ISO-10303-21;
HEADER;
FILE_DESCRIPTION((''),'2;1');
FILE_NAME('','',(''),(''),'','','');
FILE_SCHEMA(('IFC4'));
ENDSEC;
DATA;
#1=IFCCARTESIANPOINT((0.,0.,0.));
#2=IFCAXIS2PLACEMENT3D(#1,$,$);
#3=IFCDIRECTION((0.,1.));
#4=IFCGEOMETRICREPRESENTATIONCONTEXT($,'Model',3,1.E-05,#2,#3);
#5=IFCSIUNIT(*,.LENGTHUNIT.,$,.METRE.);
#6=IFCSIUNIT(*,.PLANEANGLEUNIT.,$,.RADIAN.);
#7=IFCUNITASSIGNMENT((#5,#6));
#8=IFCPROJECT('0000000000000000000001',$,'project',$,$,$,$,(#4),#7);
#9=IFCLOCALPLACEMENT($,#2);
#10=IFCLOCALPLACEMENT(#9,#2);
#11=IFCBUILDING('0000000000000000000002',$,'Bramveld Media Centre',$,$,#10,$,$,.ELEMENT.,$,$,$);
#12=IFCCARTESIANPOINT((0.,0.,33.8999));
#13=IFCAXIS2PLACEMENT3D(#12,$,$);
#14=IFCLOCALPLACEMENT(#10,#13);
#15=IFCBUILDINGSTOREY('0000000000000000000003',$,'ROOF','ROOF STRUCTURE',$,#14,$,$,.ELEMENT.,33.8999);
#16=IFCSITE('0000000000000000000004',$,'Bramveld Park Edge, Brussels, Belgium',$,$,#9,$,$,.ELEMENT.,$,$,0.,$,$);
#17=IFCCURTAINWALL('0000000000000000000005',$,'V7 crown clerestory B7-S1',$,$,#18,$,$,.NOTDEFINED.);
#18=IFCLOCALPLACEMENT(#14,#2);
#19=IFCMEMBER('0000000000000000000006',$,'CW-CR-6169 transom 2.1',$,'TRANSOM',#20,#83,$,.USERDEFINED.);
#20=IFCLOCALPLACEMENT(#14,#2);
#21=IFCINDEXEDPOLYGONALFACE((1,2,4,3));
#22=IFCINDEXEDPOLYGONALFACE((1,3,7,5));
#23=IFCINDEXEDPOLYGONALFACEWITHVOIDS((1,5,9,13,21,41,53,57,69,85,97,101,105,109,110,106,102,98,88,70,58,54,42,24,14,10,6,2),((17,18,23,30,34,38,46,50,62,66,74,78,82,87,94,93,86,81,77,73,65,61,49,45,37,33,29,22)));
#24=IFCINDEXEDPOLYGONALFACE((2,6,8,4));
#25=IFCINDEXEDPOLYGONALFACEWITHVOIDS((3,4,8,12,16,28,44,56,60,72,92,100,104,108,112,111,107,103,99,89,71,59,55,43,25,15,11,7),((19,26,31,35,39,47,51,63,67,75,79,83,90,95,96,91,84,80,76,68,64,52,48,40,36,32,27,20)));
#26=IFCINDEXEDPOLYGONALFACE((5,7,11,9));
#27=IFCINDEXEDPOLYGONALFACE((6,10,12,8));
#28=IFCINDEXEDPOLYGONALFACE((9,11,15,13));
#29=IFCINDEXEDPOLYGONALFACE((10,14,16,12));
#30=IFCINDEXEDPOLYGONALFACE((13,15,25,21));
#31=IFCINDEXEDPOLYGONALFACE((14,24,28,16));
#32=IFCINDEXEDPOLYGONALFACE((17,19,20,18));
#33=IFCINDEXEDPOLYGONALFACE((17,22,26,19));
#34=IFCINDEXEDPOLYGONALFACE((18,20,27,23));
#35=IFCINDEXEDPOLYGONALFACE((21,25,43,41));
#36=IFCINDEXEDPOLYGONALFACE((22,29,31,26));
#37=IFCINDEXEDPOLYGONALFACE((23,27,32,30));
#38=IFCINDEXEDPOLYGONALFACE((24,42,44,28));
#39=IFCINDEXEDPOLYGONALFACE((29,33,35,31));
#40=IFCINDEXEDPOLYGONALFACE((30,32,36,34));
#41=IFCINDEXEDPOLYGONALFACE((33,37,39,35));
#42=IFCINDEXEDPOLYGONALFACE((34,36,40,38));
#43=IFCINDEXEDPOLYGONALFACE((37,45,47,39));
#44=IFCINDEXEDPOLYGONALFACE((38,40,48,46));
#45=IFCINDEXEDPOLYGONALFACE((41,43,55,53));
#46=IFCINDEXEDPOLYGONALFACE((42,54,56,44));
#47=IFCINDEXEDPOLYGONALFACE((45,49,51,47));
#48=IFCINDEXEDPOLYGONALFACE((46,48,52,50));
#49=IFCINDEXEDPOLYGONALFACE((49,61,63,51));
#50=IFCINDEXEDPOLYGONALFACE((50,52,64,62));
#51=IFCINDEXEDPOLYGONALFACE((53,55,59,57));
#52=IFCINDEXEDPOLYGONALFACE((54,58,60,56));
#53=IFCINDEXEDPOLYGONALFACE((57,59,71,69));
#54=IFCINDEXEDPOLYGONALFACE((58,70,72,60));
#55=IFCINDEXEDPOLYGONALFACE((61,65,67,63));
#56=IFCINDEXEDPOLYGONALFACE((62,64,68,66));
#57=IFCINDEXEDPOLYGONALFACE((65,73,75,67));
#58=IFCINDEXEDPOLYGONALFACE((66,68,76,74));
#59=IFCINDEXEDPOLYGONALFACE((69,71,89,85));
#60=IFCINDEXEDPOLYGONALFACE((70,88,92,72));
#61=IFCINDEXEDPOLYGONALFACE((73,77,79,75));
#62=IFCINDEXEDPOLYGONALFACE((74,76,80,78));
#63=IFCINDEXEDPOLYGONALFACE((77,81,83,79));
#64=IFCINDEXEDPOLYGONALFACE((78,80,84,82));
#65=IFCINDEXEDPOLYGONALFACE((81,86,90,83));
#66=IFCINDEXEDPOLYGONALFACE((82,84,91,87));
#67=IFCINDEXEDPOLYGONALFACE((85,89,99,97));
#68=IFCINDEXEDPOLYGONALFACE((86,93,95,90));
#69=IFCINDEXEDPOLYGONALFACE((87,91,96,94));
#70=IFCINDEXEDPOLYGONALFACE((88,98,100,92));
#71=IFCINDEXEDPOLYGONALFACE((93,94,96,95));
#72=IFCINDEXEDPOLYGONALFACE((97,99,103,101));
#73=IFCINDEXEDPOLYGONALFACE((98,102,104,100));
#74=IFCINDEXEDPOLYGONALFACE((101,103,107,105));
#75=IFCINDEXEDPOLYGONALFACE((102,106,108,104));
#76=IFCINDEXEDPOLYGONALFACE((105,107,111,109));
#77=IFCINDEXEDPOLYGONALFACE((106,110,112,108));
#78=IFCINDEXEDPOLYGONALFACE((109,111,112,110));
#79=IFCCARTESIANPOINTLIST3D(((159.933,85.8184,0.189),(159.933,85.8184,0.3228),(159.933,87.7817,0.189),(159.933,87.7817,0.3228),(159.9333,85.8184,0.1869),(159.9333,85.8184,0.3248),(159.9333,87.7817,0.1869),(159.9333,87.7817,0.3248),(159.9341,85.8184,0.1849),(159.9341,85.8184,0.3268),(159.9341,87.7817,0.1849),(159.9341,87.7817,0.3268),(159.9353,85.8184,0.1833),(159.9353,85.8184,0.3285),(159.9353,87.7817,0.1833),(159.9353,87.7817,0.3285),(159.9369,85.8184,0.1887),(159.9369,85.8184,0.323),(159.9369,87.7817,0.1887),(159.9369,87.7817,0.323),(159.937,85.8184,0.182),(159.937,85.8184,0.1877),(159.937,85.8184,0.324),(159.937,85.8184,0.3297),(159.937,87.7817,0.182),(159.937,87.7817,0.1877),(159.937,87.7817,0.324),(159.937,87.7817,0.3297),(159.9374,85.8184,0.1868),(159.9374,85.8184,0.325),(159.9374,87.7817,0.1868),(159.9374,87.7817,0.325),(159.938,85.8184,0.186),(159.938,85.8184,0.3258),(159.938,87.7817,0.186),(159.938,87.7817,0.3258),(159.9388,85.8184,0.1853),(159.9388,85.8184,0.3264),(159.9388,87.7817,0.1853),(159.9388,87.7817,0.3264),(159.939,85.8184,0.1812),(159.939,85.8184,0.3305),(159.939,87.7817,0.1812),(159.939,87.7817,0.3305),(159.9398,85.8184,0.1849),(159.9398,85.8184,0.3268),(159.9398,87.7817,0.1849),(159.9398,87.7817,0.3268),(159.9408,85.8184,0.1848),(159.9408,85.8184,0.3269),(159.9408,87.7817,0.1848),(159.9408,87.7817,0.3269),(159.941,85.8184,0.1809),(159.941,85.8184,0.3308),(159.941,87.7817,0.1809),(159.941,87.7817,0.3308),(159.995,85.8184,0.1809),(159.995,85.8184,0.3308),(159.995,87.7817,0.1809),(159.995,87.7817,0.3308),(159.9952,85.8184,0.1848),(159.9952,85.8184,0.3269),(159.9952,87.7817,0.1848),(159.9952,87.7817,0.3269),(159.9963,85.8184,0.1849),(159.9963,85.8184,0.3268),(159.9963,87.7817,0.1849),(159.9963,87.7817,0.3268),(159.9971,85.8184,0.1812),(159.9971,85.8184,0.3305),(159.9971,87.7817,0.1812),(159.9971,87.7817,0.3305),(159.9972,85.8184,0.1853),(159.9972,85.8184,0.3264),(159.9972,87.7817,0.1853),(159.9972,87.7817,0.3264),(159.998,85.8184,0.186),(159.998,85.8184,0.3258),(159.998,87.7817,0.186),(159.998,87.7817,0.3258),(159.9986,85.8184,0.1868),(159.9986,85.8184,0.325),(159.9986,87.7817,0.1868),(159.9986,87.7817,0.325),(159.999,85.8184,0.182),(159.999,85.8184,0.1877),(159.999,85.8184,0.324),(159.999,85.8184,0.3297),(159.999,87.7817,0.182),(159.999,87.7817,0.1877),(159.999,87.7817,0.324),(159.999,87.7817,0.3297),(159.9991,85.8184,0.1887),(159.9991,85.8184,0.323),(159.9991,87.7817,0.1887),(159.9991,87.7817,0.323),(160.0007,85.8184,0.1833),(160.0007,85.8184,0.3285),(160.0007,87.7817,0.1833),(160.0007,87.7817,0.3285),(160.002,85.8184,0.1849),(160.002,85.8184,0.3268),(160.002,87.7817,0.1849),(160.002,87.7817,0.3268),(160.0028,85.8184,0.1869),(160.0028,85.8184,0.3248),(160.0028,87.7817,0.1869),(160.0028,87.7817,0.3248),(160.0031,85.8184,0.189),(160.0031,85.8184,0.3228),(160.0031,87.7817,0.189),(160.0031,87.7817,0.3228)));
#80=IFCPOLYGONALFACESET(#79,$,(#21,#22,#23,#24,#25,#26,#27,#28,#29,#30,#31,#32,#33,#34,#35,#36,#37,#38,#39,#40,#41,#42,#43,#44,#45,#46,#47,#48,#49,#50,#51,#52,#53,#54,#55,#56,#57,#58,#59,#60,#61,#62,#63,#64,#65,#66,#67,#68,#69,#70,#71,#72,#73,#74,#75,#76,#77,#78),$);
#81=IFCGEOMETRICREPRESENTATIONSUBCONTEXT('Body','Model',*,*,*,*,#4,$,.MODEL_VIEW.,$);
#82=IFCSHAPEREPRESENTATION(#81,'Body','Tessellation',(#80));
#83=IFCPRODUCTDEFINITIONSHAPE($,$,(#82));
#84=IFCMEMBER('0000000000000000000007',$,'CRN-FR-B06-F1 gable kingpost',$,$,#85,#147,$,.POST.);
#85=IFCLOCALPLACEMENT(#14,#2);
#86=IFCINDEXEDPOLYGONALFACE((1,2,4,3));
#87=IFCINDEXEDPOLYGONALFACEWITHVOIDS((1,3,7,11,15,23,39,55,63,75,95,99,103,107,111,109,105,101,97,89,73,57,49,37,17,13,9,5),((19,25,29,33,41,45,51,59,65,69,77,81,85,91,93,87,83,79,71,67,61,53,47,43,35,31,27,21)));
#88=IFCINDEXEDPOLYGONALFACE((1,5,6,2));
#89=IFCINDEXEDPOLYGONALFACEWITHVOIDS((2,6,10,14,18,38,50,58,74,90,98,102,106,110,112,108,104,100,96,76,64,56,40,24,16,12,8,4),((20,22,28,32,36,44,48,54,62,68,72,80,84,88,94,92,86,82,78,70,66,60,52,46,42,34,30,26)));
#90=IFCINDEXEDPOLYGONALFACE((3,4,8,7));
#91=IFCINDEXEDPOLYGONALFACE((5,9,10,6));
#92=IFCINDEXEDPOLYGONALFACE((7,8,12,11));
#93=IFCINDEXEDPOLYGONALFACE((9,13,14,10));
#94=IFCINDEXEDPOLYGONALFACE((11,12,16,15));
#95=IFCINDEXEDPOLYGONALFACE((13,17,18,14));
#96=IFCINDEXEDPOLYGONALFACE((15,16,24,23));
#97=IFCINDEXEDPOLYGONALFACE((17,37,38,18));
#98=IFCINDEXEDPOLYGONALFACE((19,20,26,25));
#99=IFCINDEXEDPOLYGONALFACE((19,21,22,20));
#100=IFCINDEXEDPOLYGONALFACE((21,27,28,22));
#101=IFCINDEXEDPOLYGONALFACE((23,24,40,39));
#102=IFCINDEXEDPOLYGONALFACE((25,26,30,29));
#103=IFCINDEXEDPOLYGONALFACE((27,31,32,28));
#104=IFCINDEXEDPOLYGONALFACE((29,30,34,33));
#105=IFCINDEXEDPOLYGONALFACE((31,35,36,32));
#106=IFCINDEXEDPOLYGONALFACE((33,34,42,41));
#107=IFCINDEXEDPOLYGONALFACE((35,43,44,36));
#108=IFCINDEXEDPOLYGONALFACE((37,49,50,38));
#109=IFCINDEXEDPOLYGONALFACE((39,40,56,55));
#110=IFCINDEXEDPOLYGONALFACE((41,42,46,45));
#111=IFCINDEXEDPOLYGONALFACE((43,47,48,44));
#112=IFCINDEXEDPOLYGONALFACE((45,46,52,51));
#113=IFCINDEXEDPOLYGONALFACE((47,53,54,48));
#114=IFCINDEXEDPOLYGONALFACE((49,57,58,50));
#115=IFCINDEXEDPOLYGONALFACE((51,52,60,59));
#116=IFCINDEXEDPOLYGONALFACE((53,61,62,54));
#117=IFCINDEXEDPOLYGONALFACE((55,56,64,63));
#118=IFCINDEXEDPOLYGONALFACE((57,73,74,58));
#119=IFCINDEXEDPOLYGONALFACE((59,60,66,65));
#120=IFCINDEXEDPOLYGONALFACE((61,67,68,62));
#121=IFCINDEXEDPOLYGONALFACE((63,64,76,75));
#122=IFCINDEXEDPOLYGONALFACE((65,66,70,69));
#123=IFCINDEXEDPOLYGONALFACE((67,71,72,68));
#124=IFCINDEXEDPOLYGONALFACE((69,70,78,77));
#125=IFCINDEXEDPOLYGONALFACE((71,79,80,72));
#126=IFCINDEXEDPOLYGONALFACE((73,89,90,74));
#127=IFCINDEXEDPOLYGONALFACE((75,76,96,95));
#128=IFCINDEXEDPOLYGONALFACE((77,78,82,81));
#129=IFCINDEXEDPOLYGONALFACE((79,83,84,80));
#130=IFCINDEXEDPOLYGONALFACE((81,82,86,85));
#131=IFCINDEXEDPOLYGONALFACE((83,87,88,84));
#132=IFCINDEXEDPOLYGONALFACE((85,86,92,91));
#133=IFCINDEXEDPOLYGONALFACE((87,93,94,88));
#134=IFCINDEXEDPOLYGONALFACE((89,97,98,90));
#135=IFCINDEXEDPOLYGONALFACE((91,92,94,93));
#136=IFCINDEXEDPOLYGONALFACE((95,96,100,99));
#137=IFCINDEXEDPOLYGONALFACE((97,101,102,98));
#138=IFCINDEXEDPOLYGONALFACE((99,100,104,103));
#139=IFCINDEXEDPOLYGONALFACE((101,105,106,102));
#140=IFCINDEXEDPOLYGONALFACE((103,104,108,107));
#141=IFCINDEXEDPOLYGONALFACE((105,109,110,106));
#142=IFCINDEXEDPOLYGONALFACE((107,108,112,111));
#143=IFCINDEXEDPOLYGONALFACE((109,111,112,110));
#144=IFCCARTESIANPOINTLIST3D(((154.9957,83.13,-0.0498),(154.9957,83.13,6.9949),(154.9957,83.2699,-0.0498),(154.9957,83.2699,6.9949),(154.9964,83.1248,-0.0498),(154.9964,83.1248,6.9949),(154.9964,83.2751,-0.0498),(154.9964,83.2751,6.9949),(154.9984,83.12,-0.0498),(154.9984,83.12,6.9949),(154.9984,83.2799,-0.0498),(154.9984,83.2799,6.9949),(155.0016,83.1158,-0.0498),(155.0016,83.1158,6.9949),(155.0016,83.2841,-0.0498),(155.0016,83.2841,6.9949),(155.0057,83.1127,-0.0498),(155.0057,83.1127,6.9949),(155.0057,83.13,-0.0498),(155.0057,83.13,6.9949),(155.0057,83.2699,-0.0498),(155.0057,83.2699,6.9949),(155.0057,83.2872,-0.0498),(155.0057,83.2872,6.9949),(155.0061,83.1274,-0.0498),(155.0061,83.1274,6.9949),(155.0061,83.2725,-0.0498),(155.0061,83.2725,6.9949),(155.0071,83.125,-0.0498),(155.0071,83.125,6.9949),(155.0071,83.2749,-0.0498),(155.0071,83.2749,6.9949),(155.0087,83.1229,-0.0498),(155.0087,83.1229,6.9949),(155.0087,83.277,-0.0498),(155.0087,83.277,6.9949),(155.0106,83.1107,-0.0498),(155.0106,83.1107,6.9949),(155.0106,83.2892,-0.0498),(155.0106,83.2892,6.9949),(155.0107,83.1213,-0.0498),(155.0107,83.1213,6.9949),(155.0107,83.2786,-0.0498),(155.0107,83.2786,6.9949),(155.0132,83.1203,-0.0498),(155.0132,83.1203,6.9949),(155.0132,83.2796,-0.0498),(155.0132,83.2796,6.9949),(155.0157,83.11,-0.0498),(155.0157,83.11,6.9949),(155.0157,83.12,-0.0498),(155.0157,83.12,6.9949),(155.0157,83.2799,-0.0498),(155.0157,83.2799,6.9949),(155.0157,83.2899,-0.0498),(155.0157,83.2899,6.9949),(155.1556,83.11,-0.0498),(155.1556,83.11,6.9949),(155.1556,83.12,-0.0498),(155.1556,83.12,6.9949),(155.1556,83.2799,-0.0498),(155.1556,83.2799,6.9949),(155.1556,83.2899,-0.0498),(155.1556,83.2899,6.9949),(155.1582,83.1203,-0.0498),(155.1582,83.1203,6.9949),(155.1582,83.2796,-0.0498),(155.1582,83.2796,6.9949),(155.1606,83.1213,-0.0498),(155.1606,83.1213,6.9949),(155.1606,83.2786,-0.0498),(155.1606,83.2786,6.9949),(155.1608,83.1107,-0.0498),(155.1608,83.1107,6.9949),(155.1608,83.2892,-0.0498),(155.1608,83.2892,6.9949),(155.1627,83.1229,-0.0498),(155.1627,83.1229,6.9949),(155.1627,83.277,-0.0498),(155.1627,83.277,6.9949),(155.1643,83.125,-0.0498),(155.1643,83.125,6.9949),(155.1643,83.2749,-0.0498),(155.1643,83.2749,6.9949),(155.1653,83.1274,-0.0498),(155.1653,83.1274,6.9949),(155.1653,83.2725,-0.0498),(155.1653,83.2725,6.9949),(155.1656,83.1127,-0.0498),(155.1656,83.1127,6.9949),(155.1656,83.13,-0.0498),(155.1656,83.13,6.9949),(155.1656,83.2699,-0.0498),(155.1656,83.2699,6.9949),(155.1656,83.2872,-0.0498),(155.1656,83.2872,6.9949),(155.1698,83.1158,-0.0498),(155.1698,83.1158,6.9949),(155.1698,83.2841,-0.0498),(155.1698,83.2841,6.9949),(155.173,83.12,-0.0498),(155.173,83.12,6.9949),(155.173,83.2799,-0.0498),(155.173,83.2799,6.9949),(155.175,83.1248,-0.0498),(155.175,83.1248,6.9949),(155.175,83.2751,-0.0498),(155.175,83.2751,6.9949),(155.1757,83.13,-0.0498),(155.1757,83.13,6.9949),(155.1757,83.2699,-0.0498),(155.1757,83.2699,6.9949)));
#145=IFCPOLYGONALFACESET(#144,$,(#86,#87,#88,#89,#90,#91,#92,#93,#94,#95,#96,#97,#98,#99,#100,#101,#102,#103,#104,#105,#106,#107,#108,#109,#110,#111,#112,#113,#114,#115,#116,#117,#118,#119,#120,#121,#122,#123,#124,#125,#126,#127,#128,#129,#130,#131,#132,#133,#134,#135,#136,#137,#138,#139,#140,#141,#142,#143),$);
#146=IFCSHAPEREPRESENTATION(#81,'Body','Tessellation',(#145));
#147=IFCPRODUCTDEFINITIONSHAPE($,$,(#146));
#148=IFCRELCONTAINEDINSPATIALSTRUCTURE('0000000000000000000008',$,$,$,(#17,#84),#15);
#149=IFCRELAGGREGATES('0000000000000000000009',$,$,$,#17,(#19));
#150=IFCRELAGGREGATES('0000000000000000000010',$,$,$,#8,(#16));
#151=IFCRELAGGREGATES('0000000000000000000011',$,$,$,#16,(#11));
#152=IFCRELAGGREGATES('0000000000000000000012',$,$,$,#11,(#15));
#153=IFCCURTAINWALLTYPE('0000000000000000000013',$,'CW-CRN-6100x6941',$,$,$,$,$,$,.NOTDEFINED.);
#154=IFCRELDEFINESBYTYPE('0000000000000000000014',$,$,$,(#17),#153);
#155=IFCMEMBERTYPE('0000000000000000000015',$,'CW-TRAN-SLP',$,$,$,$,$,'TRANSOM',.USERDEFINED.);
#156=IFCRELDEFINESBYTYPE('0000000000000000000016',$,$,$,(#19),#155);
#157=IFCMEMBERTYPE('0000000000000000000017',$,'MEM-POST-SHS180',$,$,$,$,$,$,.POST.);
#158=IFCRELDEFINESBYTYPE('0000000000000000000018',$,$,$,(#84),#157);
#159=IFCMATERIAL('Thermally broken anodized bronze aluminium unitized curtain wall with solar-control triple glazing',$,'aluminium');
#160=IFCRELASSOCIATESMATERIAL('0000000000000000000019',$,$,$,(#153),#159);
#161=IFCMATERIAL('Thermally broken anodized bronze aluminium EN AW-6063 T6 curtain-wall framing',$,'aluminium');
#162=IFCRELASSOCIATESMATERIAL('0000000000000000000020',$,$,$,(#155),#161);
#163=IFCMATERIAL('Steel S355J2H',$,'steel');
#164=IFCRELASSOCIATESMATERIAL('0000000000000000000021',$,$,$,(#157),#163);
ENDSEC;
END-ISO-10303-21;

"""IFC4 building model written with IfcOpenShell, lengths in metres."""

from ifc_helpers import new_model, si_unit, direction, frame, origin, origin_2d, place, context, subcontext, project, spatial, hollow_rectangle, extrude, material, material_profile, profile_set, type_object, element, aggregate, save


model = new_model("IFC4")

# Units and contexts
model_context = context("Model", 3, precision=1e-05, world=origin(), true_north=direction((0.0, 1.0)))
body_context = subcontext(model_context, "Body", "Model", "MODEL_VIEW")
ifc_project = project(units=[si_unit("LENGTHUNIT", "METRE"), si_unit("PLANEANGLEUNIT", "RADIAN")], contexts=[model_context])

# Site, building, storey
site_placement = place(None, origin())
site = spatial("IfcSite", under=ifc_project, at=site_placement, Name="Bramveld Park Edge, Brussels, Belgium", CompositionType="ELEMENT", RefElevation=0.0)
building_placement = place(site_placement, origin())
building = spatial("IfcBuilding", under=site, at=building_placement, Name="Bramveld Media Centre", CompositionType="ELEMENT")
storey_placement = place(building_placement, frame((0.0, 0.0, 33.8999)))
storey = spatial("IfcBuildingStorey", under=building, at=storey_placement, Name="ROOF", Description="ROOF STRUCTURE", CompositionType="ELEMENT", Elevation=33.8999)

# Curtain wall
ifc_material_1 = material(Name="Thermally broken anodized bronze aluminium unitized curtain wall with solar-control triple glazing", Category="aluminium")
curtain_wall_type = type_object("IfcCurtainWallType", Name="CW-CRN-6100x6941", PredefinedType="NOTDEFINED", material=ifc_material_1)
curtain_wall_1_placement = place(storey_placement, origin())
curtain_wall_1 = element("IfcCurtainWall", 1, at=curtain_wall_1_placement, inside=storey, type_object=curtain_wall_type, Name="V7 crown clerestory B7-S1", PredefinedType="NOTDEFINED")

# Member
ifc_material_2 = material(Name="Thermally broken anodized bronze aluminium EN AW-6063 T6 curtain-wall framing", Category="aluminium")
ifc_material_profile_1 = material_profile(ifc_material_2, hollow_rectangle(XDim=0.0701, YDim=0.1499, WallThickness=0.0039, InnerFilletRadius=0.0039, OuterFilletRadius=0.0081, at=origin_2d()), Name="AL-TRAN 70x150")
ifc_profile_set_1 = profile_set([ifc_material_profile_1], Name="Thermally broken anodized bronze aluminium EN AW-6063 T6 curtain-wall framing")
member_type_1 = type_object("IfcMemberType", Name="CW-TRAN-SLP", ElementType="TRANSOM", PredefinedType="USERDEFINED", material=ifc_profile_set_1)
member_1_placement = place(storey_placement, frame((159.968, 85.8184, 0.2559), z_axis=(0.0, 1.0, 0.0), x_axis=(-1.0, 0.0, 0.0)))
member_1 = element("IfcMember", 2, at=member_1_placement, type_object=member_type_1, Name="CW-CR-6169 transom 2.1", ObjectType="TRANSOM", PredefinedType="USERDEFINED", context=body_context, shape_type="SweptSolid", body=[
    extrude(hollow_rectangle(XDim=0.0701, YDim=0.1499, WallThickness=0.0039, InnerFilletRadius=0.0039, OuterFilletRadius=0.0081, at=origin_2d()), origin(), (0.0, 0.0, 1.0), 1.9634),
])

# Member
ifc_material_3 = material(Name="Steel S355J2H", Category="steel")
ifc_material_profile_2 = material_profile(ifc_material_3, hollow_rectangle(XDim=0.1799, YDim=0.1799, WallThickness=0.01, InnerFilletRadius=0.01, OuterFilletRadius=0.02, at=origin_2d()), Name="SHS 180x180x10")
ifc_profile_set_2 = profile_set([ifc_material_profile_2], Name="Steel S355J2H")
member_type_2 = type_object("IfcMemberType", Name="MEM-POST-SHS180", PredefinedType="POST", material=ifc_profile_set_2)
member_2_placement = place(storey_placement, frame((155.0857, 83.2, -0.0498), z_axis=(0.0, 0.0, 1.0), x_axis=(1.0, 0.0, 0.0)))
element("IfcMember", 3, at=member_2_placement, inside=storey, type_object=member_type_2, Name="CRN-FR-B06-F1 gable kingpost", PredefinedType="POST", context=body_context, shape_type="SweptSolid", body=[
    extrude(hollow_rectangle(XDim=0.1799, YDim=0.1799, WallThickness=0.01, InnerFilletRadius=0.01, OuterFilletRadius=0.02, at=origin_2d()), origin(), (0.0, 0.0, 1.0), 7.0447),
])

aggregate(curtain_wall_1, [member_1])

save(model, "model.ifc")
